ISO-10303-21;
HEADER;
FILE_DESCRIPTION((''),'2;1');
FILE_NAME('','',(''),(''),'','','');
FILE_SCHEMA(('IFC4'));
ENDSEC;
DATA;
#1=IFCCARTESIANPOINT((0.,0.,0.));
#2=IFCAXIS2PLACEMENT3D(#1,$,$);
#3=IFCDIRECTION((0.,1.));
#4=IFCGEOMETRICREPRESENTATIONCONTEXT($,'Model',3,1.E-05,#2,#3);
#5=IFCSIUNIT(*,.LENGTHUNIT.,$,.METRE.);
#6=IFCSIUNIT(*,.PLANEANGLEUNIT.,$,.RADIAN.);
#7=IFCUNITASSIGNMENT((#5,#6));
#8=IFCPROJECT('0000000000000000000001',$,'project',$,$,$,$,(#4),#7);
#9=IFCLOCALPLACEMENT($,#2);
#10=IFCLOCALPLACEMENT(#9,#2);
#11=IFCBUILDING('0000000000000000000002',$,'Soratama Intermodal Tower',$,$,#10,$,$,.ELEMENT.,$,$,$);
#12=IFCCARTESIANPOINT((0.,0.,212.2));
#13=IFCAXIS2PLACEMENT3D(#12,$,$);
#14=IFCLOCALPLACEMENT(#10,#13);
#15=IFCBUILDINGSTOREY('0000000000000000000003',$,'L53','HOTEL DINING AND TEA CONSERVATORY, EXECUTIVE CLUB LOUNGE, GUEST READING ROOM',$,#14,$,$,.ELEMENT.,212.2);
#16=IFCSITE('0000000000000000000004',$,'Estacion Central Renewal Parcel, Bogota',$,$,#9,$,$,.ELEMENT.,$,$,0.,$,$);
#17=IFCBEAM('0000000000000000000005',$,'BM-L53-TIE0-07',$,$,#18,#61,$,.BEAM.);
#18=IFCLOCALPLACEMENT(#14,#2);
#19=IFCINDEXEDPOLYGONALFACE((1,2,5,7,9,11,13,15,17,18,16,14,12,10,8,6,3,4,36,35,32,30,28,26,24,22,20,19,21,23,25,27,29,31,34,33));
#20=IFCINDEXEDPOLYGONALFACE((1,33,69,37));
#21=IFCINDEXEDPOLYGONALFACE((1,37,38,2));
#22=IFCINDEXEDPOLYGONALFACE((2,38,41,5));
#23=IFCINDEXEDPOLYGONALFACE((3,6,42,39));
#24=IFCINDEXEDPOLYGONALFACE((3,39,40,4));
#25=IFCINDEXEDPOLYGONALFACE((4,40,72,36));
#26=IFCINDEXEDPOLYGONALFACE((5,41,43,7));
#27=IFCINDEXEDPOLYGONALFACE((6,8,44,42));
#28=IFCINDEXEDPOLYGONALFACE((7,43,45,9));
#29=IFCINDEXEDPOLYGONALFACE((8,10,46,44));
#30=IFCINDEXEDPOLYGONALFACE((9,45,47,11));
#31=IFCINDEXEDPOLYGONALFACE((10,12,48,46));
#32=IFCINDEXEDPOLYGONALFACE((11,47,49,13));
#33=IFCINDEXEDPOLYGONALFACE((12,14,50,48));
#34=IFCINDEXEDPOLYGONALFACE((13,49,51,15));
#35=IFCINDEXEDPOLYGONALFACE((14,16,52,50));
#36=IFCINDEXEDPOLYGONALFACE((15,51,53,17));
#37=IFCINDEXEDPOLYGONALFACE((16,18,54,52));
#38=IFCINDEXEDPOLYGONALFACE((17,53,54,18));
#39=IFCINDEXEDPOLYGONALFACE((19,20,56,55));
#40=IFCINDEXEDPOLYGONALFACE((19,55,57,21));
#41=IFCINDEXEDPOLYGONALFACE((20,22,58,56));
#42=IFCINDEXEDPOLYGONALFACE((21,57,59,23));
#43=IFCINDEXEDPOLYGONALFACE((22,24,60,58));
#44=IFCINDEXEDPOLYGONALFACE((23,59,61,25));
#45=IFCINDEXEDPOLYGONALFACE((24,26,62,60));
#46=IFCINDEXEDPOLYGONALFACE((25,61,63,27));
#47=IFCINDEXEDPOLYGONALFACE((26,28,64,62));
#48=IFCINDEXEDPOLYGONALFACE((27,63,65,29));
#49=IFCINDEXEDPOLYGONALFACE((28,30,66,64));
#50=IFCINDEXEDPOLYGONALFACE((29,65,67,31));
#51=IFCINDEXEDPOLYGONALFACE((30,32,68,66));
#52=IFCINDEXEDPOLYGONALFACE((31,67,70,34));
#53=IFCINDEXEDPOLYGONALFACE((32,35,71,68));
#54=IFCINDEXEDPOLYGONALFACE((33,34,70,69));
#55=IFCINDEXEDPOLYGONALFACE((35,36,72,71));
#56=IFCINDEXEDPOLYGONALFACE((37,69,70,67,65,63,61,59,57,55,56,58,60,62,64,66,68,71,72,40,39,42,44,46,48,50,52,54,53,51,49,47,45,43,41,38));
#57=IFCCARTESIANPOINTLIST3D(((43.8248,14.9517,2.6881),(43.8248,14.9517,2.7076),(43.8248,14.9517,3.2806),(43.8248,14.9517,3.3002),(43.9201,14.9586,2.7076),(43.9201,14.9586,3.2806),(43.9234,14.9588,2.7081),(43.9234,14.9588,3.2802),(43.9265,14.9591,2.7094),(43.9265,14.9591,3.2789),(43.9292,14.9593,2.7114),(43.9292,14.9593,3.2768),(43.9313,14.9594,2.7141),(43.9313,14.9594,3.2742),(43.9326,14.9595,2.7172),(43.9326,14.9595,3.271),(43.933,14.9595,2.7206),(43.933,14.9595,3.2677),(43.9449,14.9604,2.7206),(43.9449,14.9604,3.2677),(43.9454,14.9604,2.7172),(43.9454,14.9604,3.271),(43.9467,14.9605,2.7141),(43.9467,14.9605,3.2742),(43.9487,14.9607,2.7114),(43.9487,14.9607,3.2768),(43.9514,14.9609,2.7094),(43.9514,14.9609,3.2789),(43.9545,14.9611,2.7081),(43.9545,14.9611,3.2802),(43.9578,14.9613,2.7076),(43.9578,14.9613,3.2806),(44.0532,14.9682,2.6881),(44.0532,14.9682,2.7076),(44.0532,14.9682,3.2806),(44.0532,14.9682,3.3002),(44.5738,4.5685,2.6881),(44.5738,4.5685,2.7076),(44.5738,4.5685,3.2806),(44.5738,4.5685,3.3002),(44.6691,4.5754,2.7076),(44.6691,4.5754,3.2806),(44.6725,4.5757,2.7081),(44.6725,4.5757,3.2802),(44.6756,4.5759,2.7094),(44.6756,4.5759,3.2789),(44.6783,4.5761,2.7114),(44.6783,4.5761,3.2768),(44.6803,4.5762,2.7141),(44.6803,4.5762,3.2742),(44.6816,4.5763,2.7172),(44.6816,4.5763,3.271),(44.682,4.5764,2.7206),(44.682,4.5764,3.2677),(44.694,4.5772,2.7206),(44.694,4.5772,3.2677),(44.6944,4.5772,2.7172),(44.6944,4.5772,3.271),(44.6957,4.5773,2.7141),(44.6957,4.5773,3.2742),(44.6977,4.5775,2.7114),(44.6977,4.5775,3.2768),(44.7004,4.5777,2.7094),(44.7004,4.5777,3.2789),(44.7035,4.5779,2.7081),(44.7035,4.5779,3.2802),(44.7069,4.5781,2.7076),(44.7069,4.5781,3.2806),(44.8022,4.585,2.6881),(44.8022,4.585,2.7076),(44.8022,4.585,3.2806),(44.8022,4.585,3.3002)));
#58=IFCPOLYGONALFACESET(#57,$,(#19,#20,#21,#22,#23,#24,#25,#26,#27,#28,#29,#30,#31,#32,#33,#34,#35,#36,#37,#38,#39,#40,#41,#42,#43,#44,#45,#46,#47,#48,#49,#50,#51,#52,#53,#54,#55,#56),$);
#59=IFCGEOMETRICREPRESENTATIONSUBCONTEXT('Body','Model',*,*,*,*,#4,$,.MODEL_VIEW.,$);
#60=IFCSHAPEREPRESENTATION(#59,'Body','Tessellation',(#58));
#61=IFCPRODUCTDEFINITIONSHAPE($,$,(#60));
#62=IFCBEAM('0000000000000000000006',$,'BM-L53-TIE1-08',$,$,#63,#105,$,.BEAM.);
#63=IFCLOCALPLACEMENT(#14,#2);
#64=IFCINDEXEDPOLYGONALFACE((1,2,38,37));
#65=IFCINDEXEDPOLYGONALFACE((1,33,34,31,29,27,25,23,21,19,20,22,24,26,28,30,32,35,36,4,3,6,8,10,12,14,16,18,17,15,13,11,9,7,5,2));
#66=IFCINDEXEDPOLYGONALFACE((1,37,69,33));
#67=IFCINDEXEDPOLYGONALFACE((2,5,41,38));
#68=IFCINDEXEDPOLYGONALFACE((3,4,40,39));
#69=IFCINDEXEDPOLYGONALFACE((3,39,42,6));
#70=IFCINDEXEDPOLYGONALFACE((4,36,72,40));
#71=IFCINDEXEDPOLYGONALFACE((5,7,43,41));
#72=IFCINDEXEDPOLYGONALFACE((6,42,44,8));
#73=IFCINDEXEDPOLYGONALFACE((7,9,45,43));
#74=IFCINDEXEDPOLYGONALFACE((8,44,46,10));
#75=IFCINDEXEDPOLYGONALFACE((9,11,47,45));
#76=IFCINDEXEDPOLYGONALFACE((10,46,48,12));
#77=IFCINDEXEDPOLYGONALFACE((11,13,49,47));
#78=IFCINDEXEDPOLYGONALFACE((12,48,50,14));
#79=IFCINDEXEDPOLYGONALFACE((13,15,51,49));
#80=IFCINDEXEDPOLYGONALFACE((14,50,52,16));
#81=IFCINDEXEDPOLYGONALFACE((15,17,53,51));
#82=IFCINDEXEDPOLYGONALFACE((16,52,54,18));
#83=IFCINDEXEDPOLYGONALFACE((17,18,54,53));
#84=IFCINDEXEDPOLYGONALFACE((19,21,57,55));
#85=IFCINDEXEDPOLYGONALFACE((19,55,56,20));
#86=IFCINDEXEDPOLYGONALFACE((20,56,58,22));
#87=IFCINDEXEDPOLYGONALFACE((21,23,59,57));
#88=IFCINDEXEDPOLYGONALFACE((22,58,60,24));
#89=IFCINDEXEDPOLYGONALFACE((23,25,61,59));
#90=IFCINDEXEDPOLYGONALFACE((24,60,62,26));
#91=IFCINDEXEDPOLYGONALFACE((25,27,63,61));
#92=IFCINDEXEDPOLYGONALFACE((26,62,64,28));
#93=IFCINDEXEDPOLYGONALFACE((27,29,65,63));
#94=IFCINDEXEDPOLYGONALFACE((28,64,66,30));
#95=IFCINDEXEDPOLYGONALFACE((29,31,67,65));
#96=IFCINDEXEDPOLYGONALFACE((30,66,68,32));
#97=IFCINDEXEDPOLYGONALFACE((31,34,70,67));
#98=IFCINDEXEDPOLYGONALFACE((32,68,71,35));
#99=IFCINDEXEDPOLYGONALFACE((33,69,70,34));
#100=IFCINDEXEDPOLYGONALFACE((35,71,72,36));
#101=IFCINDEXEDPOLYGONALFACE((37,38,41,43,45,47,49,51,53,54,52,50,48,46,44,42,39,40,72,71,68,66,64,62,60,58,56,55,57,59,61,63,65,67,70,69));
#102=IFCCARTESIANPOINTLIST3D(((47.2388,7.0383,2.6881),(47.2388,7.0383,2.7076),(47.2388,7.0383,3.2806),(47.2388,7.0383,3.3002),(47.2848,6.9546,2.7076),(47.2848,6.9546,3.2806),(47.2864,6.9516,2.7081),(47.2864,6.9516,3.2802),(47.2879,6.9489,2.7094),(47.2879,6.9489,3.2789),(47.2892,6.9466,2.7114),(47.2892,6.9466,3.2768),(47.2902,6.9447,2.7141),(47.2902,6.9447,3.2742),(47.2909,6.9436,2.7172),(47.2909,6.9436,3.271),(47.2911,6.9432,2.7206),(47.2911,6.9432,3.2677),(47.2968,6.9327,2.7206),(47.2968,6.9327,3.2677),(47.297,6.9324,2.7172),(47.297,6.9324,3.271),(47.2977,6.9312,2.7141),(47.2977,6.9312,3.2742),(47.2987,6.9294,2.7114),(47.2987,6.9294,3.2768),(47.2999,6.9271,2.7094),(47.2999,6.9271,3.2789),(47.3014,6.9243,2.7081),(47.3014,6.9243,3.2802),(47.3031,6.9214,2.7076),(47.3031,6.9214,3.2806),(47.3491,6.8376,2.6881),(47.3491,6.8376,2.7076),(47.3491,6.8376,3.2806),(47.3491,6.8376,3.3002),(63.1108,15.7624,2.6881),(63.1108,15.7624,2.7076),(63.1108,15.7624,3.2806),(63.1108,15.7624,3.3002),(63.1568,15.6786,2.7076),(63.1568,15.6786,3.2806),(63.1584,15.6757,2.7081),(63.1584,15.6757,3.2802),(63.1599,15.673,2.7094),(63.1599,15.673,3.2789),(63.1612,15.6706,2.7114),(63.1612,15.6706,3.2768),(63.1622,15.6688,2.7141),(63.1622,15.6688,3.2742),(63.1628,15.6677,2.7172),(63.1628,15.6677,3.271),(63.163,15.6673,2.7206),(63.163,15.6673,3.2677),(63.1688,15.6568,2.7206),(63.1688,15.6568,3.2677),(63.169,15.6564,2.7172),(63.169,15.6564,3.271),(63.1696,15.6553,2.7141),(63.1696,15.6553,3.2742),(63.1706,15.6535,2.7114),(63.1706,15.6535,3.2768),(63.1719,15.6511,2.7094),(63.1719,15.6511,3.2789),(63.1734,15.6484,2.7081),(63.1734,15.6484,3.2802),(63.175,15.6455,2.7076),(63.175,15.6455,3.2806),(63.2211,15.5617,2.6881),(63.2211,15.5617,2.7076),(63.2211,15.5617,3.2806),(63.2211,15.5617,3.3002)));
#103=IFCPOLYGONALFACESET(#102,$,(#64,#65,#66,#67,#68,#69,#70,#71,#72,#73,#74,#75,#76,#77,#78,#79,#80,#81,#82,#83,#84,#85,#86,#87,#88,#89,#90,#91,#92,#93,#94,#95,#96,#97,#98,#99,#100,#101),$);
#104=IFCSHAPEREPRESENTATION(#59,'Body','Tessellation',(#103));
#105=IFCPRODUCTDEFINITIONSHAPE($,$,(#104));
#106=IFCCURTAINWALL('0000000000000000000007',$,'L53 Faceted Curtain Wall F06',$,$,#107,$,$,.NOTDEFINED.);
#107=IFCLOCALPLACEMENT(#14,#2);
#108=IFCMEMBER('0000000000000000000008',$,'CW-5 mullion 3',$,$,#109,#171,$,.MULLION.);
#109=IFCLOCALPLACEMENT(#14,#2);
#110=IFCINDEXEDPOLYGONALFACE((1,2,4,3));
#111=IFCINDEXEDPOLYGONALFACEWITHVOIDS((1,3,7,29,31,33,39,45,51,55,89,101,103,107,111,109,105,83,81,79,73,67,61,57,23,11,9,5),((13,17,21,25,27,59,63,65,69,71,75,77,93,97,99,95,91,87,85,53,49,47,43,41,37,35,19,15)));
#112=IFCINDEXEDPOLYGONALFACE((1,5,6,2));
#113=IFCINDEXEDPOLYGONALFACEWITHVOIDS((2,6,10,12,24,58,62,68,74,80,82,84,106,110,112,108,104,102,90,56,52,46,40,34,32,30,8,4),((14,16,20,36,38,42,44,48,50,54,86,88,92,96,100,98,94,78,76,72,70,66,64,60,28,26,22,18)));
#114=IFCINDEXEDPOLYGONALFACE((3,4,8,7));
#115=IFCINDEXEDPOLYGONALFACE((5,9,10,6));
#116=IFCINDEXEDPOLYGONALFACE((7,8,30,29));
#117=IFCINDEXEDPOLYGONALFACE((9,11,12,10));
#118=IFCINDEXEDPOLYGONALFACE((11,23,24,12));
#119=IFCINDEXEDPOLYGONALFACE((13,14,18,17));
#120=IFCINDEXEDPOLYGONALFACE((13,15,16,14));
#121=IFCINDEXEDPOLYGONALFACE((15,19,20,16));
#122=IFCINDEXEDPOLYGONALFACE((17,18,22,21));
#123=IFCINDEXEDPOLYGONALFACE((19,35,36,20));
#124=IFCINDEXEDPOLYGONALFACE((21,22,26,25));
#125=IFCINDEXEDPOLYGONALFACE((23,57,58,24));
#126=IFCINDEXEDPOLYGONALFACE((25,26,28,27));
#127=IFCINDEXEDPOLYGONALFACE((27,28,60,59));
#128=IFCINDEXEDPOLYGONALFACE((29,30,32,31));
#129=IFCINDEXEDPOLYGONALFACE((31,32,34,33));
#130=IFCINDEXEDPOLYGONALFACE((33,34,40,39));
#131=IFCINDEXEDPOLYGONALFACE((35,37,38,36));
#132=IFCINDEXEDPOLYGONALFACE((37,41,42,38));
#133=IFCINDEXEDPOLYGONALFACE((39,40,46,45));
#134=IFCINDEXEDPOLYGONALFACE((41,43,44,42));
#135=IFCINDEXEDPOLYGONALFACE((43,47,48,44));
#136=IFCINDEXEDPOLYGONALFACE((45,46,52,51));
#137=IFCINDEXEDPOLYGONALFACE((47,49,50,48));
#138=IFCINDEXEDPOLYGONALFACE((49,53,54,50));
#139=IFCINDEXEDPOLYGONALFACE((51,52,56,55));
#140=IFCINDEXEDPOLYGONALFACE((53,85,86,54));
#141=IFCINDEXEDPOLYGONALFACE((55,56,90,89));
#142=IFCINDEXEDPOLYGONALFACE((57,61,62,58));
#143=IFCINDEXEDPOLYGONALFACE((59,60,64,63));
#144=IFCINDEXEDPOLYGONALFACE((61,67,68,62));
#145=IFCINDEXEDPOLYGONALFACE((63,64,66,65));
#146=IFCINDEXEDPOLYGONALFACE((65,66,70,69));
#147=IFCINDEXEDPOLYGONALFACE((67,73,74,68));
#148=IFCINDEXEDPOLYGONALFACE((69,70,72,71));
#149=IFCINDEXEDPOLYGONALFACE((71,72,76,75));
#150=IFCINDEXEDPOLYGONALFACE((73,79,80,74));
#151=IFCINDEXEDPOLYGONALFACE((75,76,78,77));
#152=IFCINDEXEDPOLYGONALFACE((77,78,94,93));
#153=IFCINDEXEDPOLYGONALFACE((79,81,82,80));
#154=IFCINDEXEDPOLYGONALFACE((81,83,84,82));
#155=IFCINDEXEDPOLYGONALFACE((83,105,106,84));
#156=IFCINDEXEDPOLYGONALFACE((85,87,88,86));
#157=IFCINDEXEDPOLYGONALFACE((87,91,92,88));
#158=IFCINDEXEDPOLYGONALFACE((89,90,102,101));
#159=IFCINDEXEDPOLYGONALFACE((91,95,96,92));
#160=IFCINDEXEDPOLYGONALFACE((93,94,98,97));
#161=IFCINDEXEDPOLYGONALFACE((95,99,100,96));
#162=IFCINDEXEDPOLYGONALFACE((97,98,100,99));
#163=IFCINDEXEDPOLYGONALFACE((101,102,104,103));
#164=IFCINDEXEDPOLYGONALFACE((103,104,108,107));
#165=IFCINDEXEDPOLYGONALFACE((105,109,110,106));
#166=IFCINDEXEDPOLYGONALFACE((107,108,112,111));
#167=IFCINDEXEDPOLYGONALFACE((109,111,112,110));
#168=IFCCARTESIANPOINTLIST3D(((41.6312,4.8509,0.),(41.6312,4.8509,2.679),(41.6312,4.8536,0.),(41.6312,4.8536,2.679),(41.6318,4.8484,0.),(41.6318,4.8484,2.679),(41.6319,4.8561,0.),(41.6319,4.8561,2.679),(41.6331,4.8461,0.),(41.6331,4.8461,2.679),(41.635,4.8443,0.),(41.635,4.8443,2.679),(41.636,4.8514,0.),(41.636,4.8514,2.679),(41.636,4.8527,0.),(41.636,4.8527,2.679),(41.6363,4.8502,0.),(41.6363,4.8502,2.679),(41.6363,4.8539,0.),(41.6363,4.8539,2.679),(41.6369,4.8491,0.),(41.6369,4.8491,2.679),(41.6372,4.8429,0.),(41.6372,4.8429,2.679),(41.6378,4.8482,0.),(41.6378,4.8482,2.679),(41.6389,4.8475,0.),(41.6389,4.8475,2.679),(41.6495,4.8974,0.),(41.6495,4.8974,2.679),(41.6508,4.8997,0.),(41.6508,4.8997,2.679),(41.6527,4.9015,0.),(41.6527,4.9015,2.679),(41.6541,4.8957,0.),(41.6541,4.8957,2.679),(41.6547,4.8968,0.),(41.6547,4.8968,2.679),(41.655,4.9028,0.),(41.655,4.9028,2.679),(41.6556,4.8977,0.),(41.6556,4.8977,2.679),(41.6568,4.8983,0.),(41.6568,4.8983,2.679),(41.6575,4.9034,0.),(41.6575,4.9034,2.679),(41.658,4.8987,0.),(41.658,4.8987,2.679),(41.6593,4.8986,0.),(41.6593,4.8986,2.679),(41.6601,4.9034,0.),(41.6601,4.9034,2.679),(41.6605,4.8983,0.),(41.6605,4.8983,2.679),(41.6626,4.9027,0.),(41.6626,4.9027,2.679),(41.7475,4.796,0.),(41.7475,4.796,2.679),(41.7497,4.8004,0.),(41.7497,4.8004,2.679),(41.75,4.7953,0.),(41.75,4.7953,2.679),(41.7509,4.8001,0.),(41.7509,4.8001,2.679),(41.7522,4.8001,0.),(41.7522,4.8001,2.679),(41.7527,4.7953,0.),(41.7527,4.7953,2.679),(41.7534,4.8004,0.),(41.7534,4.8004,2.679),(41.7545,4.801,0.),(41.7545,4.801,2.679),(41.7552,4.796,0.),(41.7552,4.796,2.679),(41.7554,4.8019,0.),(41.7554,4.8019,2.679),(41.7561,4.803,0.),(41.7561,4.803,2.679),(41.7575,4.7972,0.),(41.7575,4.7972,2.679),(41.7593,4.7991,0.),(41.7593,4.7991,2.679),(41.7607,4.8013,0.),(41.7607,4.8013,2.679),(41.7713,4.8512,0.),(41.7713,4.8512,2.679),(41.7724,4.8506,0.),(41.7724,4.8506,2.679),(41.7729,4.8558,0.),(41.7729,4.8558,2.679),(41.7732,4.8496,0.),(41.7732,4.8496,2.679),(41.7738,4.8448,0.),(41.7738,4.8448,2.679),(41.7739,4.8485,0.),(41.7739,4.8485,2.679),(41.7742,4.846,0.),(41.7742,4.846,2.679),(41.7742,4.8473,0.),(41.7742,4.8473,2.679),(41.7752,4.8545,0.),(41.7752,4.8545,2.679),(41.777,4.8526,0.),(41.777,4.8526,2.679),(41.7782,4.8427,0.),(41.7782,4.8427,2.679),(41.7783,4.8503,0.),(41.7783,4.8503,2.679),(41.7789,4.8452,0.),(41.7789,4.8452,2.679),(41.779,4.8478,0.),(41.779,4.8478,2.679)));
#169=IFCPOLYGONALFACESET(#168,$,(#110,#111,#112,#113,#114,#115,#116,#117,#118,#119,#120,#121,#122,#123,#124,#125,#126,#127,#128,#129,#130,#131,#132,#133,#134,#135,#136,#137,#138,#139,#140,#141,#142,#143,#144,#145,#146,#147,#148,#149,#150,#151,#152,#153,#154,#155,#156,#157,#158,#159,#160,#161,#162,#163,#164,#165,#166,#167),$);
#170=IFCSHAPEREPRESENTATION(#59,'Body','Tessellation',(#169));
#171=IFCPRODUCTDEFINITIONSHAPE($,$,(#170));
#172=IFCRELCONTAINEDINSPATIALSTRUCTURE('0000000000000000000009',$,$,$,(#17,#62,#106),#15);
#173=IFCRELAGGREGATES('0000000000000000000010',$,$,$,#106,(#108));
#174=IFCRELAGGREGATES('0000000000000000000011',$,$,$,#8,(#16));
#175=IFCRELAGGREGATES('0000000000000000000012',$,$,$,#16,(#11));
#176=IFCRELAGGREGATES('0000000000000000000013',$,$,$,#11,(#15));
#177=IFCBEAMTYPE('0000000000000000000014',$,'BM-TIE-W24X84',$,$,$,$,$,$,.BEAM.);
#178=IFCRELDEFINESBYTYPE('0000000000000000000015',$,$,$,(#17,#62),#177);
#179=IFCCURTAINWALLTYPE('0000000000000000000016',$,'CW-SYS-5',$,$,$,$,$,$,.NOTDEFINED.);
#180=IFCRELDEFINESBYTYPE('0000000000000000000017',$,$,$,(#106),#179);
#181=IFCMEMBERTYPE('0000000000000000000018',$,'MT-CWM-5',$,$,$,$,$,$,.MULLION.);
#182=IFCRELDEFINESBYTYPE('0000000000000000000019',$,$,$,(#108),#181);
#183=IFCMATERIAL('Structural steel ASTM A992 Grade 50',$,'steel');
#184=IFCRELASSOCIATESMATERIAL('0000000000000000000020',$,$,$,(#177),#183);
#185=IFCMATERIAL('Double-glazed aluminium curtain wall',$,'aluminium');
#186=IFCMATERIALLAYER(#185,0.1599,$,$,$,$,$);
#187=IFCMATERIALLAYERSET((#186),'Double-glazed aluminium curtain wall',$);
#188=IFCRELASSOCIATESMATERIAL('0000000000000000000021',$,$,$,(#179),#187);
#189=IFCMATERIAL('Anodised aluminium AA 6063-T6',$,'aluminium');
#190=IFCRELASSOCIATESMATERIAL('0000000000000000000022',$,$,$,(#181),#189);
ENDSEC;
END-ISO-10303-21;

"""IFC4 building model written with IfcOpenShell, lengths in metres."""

from ifc_helpers import new_model, si_unit, direction, frame, origin, origin_2d, place, context, subcontext, project, spatial, hollow_rectangle, i_section, extrude, material, layer, layer_set, material_profile, profile_set, type_object, element, aggregate, save


model = new_model("IFC4")

# Units and contexts
model_context = context("Model", 3, precision=1e-05, world=origin(), true_north=direction((0.0, 1.0)))
body_context = subcontext(model_context, "Body", "Model", "MODEL_VIEW")
ifc_project = project(units=[si_unit("LENGTHUNIT", "METRE"), si_unit("PLANEANGLEUNIT", "RADIAN")], contexts=[model_context])

# Site, building, storey
site_placement = place(None, origin())
site = spatial("IfcSite", under=ifc_project, at=site_placement, Name="Estacion Central Renewal Parcel, Bogota", CompositionType="ELEMENT", RefElevation=0.0)
building_placement = place(site_placement, origin())
building = spatial("IfcBuilding", under=site, at=building_placement, Name="Soratama Intermodal Tower", CompositionType="ELEMENT")
storey_placement = place(building_placement, frame((0.0, 0.0, 212.2)))
storey = spatial("IfcBuildingStorey", under=building, at=storey_placement, Name="L53", Description="HOTEL DINING AND TEA CONSERVATORY, EXECUTIVE CLUB LOUNGE, GUEST READING ROOM", CompositionType="ELEMENT", Elevation=212.2)

# Beams
ifc_material_1 = material(Name="Structural steel ASTM A992 Grade 50", Category="steel")
ifc_material_profile_1 = material_profile(ifc_material_1, i_section(OverallWidth=0.229, OverallDepth=0.6121, WebThickness=0.012, FlangeThickness=0.0195, FilletRadius=0.0129, at=origin_2d()), Name="W24X84")
ifc_profile_set_1 = profile_set([ifc_material_profile_1], Name="Structural steel ASTM A992 Grade 50")
beam_type_1 = type_object("IfcBeamType", Name="BM-TIE-W24X84", PredefinedType="BEAM", material=ifc_profile_set_1)
beam_1_placement = place(storey_placement, frame((43.939, 14.96, 2.9941), z_axis=(0.071952, -0.997408, 0.0), x_axis=(0.997408, 0.071952, 0.0)))
element("IfcBeam", 1, at=beam_1_placement, inside=storey, type_object=beam_type_1, Name="BM-L53-TIE0-07", PredefinedType="BEAM", context=body_context, shape_type="SweptSolid", body=[
    extrude(i_section(OverallWidth=0.229, OverallDepth=0.6121, WebThickness=0.012, FlangeThickness=0.0195, FilletRadius=0.0129, at=origin_2d()), origin(), (0.0, 0.0, 1.0), 10.4102),
])
beam_2_placement = place(storey_placement, frame((47.2939, 6.938, 2.9941), z_axis=(0.876345, 0.481685, 0.0), x_axis=(-0.481685, 0.876345, 0.0)))
element("IfcBeam", 2, at=beam_2_placement, inside=storey, type_object=beam_type_1, Name="BM-L53-TIE1-08", PredefinedType="BEAM", context=body_context, shape_type="SweptSolid", body=[
    extrude(i_section(OverallWidth=0.229, OverallDepth=0.6121, WebThickness=0.012, FlangeThickness=0.0195, FilletRadius=0.0129, at=origin_2d()), origin(), (0.0, 0.0, 1.0), 18.1116),
])

# Curtain wall, member
ifc_material_2 = material(Name="Double-glazed aluminium curtain wall", Category="aluminium")
ifc_layer_1 = layer(ifc_material_2, 0.1599)
ifc_layer_set_1 = layer_set([ifc_layer_1], Name="Double-glazed aluminium curtain wall")
curtain_wall_type = type_object("IfcCurtainWallType", Name="CW-SYS-5", PredefinedType="NOTDEFINED", material=ifc_layer_set_1)
curtain_wall_placement = place(storey_placement, origin())
curtain_wall = element("IfcCurtainWall", 3, at=curtain_wall_placement, inside=storey, type_object=curtain_wall_type, Name="L53 Faceted Curtain Wall F06", PredefinedType="NOTDEFINED")
ifc_material_3 = material(Name="Anodised aluminium AA 6063-T6", Category="aluminium")
ifc_material_profile_2 = material_profile(ifc_material_3, hollow_rectangle(XDim=0.0649, YDim=0.1399, WallThickness=0.0049, InnerFilletRadius=0.0049, OuterFilletRadius=0.01, at=origin_2d()), Name="CWM140X65X5")
ifc_profile_set_2 = profile_set([ifc_material_profile_2], Name="Anodised aluminium AA 6063-T6")
member_type = type_object("IfcMemberType", Name="MT-CWM-5", PredefinedType="MULLION", material=ifc_profile_set_2)
member_placement = place(storey_placement, frame((41.7051, 4.8494, 0.0), z_axis=(0.0, 0.0, 1.0), x_axis=(0.391376, 0.920231, 0.0)))
member = element("IfcMember", 4, at=member_placement, type_object=member_type, Name="CW-5 mullion 3", PredefinedType="MULLION", context=body_context, shape_type="SweptSolid", body=[
    extrude(hollow_rectangle(XDim=0.0649, YDim=0.1399, WallThickness=0.0049, InnerFilletRadius=0.0049, OuterFilletRadius=0.01, at=origin_2d()), origin(), (0.0, 0.0, 1.0), 2.679),
])
aggregate(curtain_wall, [member])

save(model, "model.ifc")
